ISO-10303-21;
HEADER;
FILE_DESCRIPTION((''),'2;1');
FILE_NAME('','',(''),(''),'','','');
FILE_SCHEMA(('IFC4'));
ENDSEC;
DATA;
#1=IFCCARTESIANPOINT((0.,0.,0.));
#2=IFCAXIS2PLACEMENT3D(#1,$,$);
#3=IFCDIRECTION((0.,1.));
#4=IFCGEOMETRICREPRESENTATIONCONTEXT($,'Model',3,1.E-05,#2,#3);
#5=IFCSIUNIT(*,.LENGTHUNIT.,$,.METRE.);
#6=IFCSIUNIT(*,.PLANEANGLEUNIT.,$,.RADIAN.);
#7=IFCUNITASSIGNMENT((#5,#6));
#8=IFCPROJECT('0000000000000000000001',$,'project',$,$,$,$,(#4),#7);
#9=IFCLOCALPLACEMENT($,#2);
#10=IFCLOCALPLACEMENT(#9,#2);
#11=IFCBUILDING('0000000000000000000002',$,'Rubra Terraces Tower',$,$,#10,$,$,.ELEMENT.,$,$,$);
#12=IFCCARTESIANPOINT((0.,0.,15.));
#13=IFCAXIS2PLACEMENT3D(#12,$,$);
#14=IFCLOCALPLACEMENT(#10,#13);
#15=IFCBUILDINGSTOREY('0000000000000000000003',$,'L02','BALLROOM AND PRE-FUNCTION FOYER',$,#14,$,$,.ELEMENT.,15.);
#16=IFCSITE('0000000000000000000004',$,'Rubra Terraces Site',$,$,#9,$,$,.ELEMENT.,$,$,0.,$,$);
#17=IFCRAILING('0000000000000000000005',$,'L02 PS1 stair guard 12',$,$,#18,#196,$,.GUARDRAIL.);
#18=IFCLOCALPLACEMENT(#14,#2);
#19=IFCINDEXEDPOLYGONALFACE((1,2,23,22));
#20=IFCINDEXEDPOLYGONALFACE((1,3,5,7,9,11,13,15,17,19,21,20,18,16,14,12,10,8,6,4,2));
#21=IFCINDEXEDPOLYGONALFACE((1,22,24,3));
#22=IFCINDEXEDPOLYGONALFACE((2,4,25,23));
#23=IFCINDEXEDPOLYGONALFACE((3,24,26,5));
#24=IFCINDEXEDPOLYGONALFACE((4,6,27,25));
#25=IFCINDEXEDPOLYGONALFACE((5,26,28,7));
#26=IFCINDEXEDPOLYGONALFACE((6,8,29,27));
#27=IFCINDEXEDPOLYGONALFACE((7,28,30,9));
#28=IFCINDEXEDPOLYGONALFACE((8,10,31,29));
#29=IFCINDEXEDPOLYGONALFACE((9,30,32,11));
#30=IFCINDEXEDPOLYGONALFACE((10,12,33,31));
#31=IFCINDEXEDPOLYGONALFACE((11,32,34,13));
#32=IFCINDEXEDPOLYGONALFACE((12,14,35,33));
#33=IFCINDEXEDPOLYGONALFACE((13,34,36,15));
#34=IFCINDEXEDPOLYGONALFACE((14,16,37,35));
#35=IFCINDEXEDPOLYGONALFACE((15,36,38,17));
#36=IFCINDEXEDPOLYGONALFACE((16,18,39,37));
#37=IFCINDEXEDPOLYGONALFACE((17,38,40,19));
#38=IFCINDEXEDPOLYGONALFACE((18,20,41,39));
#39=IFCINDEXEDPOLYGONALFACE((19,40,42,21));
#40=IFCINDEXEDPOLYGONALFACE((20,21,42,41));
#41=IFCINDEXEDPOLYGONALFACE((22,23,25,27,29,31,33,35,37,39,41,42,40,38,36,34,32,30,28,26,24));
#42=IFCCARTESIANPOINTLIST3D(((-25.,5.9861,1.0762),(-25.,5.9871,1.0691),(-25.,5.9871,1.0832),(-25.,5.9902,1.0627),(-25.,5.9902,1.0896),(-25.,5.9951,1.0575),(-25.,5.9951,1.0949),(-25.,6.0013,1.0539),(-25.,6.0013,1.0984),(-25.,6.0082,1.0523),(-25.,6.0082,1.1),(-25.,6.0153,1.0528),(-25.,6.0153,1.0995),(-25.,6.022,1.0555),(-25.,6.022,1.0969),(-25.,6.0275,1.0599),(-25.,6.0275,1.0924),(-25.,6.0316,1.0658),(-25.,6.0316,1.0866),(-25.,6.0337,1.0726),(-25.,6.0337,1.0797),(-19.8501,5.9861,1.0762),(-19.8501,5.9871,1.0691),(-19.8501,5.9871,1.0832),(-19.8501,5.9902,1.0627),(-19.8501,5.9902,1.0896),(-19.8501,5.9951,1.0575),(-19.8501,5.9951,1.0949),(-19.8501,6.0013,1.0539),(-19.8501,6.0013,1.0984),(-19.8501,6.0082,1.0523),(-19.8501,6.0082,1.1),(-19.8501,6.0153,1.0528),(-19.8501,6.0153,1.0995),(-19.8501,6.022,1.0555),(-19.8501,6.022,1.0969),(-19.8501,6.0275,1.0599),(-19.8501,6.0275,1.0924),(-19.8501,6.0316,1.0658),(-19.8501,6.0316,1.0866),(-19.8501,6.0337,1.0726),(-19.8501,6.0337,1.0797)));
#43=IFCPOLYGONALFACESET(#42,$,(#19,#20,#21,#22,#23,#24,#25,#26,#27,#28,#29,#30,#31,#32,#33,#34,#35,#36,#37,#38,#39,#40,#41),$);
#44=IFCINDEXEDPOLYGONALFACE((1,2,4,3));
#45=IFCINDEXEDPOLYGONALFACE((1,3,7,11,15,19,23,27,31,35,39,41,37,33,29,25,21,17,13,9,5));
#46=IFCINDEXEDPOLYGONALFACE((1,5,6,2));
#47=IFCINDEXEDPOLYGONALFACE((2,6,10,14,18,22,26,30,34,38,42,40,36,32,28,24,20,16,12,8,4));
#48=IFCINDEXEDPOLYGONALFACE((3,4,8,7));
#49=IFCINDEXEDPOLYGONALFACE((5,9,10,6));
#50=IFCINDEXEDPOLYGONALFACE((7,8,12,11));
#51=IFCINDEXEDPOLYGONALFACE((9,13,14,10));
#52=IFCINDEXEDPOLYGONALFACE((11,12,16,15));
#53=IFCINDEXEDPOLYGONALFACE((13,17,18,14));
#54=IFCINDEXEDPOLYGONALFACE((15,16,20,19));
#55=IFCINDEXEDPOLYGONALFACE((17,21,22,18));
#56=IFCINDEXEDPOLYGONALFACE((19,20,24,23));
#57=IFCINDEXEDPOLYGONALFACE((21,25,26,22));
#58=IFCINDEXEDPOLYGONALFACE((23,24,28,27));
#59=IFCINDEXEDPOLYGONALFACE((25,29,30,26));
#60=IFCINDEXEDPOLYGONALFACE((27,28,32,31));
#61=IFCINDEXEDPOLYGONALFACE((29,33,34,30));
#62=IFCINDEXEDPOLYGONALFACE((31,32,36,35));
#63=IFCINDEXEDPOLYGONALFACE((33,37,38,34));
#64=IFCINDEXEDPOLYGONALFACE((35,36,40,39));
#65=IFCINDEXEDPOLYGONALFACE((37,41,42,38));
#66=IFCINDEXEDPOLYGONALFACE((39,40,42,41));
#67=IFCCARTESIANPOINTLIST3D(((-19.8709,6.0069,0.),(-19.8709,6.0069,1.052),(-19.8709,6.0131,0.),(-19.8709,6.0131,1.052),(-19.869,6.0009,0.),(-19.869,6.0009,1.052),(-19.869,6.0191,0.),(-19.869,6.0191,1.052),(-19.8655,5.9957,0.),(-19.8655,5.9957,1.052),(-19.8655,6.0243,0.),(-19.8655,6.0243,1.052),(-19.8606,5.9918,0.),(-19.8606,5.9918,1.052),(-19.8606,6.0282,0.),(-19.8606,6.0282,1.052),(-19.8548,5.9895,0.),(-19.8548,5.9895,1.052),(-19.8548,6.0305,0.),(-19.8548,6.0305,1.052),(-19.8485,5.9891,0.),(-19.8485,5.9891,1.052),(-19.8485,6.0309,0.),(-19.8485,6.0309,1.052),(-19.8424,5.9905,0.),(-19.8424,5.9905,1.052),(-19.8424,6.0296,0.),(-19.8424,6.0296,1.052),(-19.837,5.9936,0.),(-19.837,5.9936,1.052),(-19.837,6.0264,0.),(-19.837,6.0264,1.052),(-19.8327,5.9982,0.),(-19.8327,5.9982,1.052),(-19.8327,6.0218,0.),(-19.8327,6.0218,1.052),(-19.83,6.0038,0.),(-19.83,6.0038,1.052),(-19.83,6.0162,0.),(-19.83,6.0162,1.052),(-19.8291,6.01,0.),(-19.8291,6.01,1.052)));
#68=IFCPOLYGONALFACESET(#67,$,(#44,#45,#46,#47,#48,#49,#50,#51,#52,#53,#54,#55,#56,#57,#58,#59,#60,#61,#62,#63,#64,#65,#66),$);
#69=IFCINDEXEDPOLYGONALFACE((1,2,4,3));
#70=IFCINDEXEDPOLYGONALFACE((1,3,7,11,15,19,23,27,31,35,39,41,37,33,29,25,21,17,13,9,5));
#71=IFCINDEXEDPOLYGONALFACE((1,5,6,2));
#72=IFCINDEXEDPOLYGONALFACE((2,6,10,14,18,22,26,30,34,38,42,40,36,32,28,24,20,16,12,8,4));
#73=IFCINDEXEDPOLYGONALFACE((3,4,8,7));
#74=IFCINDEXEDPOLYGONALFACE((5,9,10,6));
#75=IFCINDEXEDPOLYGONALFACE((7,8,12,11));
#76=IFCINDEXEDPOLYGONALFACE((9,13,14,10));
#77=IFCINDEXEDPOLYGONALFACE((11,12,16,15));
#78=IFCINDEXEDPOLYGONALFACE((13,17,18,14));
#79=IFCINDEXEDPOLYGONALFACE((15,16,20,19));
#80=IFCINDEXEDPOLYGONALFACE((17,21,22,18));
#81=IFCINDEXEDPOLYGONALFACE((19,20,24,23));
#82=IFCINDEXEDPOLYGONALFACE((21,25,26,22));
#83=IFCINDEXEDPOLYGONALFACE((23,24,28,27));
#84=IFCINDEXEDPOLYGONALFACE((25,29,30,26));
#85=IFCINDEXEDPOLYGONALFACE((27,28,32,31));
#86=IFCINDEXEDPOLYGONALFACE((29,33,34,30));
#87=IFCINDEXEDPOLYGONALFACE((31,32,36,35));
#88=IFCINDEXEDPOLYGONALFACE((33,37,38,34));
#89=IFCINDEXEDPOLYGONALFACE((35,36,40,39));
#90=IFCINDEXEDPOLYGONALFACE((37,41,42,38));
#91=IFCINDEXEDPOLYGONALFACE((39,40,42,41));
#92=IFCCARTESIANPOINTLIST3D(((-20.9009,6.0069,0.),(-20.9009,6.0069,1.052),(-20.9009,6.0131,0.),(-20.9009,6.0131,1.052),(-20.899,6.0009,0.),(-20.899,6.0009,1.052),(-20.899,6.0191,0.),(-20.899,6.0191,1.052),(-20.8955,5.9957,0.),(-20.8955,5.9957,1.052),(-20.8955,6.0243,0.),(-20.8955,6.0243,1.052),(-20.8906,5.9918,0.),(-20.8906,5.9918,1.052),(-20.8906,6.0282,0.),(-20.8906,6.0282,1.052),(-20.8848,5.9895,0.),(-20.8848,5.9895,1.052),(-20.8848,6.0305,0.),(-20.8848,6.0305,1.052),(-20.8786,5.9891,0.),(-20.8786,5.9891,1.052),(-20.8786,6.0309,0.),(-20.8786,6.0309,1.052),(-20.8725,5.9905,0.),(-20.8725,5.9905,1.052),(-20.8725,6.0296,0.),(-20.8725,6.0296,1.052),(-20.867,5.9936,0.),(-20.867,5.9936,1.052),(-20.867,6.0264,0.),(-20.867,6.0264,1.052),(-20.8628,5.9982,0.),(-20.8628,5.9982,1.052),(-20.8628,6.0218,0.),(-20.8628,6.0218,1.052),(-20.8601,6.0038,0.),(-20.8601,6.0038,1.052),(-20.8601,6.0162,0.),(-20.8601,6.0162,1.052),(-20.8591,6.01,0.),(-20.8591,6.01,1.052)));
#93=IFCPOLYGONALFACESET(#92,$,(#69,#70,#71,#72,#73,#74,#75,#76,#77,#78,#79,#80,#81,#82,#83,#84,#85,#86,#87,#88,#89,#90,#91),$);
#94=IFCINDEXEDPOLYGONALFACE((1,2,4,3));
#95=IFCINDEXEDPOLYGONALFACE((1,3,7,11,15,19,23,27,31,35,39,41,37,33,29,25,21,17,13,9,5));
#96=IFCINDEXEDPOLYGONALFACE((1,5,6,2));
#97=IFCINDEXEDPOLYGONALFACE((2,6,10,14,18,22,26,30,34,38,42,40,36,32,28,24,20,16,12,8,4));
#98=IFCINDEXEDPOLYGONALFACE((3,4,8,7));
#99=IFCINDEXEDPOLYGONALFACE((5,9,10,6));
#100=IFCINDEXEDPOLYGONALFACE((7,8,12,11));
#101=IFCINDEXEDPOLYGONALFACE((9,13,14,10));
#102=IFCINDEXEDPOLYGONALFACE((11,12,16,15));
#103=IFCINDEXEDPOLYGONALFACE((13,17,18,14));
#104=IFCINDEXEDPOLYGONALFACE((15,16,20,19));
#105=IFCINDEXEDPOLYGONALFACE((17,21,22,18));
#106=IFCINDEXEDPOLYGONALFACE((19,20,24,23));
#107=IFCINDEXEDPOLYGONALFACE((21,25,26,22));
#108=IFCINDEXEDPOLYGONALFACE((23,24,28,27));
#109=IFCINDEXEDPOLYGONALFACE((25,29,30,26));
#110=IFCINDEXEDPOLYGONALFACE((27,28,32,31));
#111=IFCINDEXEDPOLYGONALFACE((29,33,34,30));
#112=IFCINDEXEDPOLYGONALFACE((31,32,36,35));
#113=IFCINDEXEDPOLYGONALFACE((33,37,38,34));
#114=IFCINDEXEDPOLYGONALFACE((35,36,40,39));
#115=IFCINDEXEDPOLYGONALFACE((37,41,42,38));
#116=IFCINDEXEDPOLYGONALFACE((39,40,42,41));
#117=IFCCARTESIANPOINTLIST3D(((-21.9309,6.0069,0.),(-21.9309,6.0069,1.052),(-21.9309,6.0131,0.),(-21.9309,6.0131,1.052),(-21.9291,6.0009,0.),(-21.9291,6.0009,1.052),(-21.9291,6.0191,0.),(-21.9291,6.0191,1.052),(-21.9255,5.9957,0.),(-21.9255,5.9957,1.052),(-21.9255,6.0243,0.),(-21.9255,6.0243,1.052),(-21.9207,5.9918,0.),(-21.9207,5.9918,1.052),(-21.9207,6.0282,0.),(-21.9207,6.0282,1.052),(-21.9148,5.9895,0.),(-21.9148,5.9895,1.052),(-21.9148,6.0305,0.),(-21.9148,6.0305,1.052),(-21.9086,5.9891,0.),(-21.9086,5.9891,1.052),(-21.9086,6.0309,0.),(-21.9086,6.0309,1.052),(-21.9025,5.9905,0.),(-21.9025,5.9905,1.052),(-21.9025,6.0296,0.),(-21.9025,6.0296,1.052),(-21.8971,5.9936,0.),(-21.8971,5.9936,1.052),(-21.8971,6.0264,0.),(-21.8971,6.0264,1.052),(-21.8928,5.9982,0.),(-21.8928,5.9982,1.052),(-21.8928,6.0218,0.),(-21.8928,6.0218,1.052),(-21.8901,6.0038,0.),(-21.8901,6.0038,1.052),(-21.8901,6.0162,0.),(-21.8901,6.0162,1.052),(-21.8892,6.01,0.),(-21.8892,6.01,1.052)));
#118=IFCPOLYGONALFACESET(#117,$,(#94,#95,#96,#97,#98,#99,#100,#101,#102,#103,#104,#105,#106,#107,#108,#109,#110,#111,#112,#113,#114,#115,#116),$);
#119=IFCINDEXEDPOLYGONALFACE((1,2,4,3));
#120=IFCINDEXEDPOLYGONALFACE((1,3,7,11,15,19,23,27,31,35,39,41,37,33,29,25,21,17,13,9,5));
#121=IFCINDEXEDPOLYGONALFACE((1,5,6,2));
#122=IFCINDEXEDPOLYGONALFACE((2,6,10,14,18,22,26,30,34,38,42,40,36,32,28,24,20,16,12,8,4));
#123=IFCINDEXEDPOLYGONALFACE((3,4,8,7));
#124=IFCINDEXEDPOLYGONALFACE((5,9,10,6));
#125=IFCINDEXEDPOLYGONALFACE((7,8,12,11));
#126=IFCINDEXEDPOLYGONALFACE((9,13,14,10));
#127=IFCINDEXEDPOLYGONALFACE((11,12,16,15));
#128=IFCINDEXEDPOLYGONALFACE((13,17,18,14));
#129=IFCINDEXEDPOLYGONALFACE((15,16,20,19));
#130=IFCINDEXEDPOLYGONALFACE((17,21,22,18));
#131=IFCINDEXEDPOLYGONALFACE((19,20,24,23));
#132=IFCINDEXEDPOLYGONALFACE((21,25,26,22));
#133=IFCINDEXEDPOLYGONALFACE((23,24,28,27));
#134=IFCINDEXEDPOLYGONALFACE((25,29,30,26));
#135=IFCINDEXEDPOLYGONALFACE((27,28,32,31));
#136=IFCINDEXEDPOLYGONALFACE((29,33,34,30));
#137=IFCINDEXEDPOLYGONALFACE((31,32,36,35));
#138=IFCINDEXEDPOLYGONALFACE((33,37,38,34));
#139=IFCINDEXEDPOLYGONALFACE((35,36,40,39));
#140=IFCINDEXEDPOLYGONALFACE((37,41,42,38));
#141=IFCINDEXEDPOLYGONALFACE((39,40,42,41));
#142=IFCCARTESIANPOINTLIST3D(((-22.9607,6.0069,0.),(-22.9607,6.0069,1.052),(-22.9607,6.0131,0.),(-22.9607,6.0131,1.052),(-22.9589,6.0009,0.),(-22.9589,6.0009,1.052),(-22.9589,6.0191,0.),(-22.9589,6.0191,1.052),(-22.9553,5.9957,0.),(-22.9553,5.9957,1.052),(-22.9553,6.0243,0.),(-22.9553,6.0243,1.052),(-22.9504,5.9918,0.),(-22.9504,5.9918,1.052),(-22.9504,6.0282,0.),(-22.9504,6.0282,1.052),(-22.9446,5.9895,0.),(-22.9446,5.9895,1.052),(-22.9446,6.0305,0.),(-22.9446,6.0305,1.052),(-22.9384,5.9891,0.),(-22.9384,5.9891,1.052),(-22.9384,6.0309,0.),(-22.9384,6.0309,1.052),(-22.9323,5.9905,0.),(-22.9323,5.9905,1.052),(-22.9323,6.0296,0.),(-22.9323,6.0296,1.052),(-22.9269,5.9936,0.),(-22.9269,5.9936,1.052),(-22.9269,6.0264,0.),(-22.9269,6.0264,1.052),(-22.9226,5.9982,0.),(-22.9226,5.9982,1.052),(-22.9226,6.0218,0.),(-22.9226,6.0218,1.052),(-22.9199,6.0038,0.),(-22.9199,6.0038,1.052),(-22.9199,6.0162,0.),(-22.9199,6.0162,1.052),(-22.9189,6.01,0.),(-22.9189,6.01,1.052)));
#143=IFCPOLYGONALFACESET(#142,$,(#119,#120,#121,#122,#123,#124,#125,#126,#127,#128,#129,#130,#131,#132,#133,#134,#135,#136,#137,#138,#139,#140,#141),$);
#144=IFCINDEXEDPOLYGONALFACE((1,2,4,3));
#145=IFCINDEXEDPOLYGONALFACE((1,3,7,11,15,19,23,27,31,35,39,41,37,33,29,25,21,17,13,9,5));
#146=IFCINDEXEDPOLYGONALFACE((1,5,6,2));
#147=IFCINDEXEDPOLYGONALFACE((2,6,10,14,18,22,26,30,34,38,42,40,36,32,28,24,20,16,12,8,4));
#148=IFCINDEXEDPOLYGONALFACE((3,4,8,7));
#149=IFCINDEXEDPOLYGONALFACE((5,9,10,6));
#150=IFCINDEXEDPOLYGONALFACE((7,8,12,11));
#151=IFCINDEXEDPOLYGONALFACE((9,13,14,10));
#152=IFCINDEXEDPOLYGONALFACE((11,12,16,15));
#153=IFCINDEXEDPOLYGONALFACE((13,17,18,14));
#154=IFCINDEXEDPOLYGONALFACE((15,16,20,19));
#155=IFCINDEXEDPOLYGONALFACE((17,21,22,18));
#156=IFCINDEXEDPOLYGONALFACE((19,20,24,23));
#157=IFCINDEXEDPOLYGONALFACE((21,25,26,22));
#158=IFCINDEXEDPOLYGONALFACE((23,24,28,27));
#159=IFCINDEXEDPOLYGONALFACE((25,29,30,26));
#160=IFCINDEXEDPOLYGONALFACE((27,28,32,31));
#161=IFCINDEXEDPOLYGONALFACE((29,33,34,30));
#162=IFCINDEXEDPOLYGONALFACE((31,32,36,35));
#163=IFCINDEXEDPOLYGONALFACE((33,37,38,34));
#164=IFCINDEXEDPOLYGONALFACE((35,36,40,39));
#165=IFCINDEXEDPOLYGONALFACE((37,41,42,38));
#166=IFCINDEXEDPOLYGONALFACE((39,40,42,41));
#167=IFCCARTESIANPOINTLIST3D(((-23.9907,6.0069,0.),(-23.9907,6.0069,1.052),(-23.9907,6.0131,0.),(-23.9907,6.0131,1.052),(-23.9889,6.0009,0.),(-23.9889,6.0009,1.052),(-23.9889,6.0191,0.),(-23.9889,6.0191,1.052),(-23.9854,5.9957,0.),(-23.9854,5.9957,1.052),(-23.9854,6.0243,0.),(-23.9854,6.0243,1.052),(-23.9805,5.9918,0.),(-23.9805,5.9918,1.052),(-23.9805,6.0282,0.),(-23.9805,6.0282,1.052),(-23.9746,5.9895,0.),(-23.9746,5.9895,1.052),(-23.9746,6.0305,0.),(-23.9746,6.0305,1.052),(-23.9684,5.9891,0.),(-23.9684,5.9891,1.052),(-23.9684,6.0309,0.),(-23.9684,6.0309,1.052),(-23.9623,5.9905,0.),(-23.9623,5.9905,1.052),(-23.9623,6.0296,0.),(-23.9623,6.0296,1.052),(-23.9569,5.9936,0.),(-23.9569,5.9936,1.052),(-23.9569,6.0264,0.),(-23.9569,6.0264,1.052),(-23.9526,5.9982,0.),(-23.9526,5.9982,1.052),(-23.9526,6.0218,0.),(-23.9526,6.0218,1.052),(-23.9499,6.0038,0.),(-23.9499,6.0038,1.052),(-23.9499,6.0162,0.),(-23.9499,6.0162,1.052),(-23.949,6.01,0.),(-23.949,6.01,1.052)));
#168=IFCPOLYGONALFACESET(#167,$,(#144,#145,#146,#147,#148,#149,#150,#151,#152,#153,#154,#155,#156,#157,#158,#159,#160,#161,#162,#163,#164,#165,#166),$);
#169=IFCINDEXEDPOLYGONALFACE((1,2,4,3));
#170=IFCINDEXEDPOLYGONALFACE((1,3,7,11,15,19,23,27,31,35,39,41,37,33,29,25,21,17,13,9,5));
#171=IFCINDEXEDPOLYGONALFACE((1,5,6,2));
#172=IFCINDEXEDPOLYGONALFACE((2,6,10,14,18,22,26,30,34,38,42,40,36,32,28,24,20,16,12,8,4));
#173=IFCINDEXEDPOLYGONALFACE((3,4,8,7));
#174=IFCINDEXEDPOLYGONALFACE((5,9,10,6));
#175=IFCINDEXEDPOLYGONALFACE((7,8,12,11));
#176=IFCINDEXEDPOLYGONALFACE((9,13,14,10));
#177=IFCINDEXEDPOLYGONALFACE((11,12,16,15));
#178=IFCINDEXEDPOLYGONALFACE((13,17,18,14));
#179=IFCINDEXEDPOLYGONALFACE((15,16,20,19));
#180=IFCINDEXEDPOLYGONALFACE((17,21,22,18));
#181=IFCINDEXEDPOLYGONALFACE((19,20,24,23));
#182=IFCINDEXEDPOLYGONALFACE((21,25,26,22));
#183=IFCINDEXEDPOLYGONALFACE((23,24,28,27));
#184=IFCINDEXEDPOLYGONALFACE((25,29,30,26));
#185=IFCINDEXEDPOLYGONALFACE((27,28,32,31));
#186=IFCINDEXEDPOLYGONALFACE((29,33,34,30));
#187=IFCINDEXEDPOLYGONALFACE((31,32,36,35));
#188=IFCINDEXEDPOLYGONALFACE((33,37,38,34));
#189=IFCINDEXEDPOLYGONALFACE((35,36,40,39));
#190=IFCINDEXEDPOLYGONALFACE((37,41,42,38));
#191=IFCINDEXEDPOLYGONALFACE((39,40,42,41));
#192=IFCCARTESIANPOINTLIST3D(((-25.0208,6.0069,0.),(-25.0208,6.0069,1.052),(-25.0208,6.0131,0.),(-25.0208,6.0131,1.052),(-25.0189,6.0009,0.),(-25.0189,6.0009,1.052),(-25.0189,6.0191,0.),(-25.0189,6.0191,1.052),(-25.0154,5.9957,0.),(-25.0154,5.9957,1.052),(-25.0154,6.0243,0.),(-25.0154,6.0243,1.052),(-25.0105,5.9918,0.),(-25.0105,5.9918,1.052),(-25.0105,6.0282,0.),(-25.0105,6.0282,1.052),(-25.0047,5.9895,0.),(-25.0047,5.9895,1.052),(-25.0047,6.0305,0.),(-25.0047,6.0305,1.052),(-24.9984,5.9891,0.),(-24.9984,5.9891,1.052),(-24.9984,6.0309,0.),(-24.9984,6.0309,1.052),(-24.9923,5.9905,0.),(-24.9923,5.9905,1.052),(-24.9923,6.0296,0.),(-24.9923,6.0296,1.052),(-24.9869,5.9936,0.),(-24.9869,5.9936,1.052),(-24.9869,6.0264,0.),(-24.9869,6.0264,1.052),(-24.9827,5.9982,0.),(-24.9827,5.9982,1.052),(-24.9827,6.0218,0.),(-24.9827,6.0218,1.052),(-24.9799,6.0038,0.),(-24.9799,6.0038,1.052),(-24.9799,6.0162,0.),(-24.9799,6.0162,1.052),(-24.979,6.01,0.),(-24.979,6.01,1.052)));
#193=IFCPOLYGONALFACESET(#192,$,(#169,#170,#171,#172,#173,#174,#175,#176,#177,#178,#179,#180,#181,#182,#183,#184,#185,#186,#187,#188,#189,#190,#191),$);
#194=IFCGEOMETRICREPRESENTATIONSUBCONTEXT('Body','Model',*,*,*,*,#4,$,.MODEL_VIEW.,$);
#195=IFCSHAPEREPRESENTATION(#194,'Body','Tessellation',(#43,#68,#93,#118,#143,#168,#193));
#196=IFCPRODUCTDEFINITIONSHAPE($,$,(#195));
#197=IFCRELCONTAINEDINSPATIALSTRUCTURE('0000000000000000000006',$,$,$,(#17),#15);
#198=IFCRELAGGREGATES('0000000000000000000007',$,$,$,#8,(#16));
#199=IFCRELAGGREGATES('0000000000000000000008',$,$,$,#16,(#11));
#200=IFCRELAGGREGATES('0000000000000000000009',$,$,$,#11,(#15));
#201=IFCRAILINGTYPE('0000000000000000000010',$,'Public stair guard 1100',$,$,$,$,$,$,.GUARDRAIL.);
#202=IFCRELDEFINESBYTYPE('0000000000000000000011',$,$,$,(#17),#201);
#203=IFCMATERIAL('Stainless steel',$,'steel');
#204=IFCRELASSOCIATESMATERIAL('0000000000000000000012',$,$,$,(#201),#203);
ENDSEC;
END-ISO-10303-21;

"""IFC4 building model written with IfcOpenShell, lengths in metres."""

from ifc_helpers import new_model, si_unit, direction, frame, origin, origin_2d, place, context, subcontext, project, spatial, circle, extrude, material, type_object, element, save


model = new_model("IFC4")

# Units and contexts
model_context = context("Model", 3, precision=1e-05, world=origin(), true_north=direction((0.0, 1.0)))
body_context = subcontext(model_context, "Body", "Model", "MODEL_VIEW")
ifc_project = project(units=[si_unit("LENGTHUNIT", "METRE"), si_unit("PLANEANGLEUNIT", "RADIAN")], contexts=[model_context])

# Site, building, storey
site_placement = place(None, origin())
site = spatial("IfcSite", under=ifc_project, at=site_placement, Name="Rubra Terraces Site", CompositionType="ELEMENT", RefElevation=0.0)
building_placement = place(site_placement, origin())
building = spatial("IfcBuilding", under=site, at=building_placement, Name="Rubra Terraces Tower", CompositionType="ELEMENT")
storey_placement = place(building_placement, frame((0.0, 0.0, 15.0)))
storey = spatial("IfcBuildingStorey", under=building, at=storey_placement, Name="L02", Description="BALLROOM AND PRE-FUNCTION FOYER", CompositionType="ELEMENT", Elevation=15.0)

# Shared definitions
ifc_material_1 = material(Name="Stainless steel", Category="steel")

# Railing
railing_type = type_object("IfcRailingType", Name="Public stair guard 1100", PredefinedType="GUARDRAIL", material=ifc_material_1)
railing_placement = place(storey_placement, frame((-19.8501, 6.01, 0.0)))
element("IfcRailing", 1, at=railing_placement, inside=storey, type_object=railing_type, Name="L02 PS1 stair guard 12", PredefinedType="GUARDRAIL", context=body_context, shape_type="SweptSolid", body=[
    extrude(circle(Radius=0.0239, at=origin_2d()), frame((0.0, 0.0, 1.0762), z_axis=(-1.0, 0.0, 0.0), x_axis=(0.0, -1.0, 0.0)), (0.0, 0.0, 1.0), 5.1499),
    extrude(circle(Radius=0.021, at=origin_2d()), origin(), (0.0, 0.0, 1.0), 1.052),
    extrude(circle(Radius=0.021, at=origin_2d()), frame((-1.03, 0.0, 0.0)), (0.0, 0.0, 1.0), 1.052),
    extrude(circle(Radius=0.021, at=origin_2d()), frame((-2.0601, 0.0, 0.0)), (0.0, 0.0, 1.0), 1.052),
    extrude(circle(Radius=0.021, at=origin_2d()), frame((-3.0898, 0.0, 0.0)), (0.0, 0.0, 1.0), 1.052),
    extrude(circle(Radius=0.021, at=origin_2d()), frame((-4.1199, 0.0, 0.0)), (0.0, 0.0, 1.0), 1.052),
    extrude(circle(Radius=0.021, at=origin_2d()), frame((-5.1499, 0.0, 0.0)), (0.0, 0.0, 1.0), 1.052),
])

save(model, "model.ifc")
